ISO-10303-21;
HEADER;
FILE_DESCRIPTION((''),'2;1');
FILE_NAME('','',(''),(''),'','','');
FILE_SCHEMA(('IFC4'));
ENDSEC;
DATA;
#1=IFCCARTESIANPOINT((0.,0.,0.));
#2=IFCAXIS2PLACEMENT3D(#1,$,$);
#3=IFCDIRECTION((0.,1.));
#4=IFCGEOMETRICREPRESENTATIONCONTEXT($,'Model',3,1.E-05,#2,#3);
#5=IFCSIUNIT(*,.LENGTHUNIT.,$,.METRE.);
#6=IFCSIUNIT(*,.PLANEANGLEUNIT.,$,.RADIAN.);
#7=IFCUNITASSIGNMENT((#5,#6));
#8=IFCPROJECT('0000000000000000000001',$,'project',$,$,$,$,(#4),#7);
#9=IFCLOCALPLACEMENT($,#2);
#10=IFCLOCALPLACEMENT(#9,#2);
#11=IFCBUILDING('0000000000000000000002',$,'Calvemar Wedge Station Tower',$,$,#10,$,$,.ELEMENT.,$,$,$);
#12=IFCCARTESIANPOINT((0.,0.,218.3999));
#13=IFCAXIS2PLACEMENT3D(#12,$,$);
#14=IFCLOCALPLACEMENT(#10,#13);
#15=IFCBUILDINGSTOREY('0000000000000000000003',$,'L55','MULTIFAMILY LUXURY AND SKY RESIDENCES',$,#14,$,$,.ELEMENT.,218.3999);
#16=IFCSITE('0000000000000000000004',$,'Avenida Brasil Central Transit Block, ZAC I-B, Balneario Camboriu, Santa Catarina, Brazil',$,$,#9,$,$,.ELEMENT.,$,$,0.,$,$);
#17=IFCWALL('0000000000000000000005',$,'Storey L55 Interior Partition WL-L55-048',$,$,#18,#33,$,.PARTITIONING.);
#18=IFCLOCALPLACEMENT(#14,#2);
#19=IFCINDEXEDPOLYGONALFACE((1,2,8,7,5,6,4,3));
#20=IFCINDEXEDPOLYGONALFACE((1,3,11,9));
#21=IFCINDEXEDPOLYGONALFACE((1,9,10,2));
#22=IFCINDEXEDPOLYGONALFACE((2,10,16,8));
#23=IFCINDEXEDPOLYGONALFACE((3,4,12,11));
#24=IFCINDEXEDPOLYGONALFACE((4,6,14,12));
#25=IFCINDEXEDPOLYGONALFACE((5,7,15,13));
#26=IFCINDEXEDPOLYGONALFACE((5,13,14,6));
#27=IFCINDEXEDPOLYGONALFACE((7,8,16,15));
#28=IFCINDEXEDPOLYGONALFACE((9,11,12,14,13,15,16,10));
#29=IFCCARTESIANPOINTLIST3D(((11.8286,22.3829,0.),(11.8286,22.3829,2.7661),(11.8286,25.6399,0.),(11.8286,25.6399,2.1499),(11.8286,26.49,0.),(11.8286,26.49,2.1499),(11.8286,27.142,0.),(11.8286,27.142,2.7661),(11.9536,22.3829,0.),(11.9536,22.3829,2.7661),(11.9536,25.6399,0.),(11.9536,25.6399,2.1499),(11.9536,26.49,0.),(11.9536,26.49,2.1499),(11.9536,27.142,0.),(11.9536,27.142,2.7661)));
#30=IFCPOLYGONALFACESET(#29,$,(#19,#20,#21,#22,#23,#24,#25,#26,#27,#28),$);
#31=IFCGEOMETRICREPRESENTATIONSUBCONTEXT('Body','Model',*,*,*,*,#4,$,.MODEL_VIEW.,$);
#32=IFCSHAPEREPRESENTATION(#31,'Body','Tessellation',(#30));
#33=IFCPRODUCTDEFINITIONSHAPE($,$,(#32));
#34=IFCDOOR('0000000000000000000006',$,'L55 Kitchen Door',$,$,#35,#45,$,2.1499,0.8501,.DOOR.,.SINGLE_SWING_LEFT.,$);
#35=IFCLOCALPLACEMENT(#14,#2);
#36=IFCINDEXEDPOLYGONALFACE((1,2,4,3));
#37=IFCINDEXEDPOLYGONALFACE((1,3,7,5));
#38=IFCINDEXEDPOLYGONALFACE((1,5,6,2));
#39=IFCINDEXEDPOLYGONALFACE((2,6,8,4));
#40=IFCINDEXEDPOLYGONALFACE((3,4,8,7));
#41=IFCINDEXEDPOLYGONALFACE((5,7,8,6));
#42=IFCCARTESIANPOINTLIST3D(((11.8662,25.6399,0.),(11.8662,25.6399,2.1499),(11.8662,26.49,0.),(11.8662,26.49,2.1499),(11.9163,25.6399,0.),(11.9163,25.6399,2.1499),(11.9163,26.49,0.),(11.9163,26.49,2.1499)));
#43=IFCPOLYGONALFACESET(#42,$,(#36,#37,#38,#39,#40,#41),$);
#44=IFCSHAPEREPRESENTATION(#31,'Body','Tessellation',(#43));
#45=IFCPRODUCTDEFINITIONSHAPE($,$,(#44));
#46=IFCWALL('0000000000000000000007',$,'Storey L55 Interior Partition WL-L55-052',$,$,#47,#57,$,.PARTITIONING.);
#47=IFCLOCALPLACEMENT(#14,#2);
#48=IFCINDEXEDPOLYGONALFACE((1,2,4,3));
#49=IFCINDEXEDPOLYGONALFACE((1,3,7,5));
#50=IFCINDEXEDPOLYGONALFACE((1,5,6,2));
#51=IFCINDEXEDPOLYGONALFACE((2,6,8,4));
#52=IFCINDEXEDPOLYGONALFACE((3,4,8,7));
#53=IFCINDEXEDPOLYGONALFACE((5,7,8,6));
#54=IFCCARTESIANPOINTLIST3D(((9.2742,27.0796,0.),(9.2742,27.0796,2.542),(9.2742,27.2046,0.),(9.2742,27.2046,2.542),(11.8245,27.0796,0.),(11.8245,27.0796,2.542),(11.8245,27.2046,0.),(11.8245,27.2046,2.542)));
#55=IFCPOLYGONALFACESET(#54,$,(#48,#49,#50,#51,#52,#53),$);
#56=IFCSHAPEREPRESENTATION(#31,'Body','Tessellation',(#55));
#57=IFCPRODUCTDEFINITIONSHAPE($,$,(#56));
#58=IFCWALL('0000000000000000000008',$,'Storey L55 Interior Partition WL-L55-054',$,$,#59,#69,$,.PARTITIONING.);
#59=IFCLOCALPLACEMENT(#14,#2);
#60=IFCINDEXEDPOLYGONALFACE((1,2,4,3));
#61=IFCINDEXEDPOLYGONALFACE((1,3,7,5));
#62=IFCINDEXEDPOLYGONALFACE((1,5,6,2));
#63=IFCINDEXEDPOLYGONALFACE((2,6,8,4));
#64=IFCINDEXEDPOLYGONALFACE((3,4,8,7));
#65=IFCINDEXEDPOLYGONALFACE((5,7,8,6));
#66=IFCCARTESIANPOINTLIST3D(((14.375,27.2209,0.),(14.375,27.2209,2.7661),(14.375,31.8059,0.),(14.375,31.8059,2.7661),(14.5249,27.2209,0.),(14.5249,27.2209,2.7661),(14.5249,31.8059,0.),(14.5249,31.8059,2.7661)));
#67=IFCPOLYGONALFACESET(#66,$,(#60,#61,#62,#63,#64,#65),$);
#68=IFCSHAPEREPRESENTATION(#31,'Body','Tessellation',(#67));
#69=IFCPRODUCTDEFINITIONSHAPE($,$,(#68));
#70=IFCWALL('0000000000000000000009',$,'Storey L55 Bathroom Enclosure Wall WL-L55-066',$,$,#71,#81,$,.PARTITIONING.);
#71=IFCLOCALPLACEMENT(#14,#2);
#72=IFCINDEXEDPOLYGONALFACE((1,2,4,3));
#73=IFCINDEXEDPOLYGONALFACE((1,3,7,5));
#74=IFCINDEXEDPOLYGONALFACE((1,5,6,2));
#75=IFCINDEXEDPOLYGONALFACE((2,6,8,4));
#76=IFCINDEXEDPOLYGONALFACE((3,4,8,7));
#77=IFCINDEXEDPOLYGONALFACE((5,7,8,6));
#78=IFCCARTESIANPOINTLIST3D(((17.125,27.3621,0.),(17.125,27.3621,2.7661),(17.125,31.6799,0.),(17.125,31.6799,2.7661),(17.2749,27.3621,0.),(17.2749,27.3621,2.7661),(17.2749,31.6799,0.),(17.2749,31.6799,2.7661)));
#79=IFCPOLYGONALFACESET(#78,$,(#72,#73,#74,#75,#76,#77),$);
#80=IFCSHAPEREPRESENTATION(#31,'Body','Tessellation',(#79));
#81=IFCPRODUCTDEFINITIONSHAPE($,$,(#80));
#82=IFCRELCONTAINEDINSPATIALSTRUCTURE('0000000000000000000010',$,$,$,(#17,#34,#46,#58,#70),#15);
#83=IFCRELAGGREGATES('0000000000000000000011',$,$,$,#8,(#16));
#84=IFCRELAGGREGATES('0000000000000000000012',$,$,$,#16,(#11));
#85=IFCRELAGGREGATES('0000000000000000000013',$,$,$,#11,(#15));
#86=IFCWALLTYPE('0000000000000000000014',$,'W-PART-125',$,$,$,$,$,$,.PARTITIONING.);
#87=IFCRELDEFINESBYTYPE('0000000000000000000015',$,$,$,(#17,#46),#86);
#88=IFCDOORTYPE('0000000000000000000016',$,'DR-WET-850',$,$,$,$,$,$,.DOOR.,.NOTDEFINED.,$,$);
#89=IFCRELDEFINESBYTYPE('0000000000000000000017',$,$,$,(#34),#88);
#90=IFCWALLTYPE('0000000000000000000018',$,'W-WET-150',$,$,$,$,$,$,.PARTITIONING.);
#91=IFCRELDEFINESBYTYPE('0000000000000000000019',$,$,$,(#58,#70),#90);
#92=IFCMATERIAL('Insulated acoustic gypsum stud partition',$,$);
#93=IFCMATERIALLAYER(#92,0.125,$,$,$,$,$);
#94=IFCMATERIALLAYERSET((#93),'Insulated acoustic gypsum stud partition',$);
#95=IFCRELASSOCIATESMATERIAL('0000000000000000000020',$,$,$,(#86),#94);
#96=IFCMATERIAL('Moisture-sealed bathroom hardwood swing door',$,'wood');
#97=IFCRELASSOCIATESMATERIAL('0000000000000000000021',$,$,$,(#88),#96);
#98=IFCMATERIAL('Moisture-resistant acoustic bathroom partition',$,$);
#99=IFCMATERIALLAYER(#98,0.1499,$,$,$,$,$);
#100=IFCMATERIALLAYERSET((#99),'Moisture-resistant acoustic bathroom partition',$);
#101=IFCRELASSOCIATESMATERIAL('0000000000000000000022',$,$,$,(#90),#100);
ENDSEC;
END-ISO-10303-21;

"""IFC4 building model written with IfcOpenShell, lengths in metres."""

from ifc_helpers import new_model, si_unit, direction, frame, frame_2d, origin, place, context, subcontext, project, spatial, rectangle, extrude, source, transform, mapped, material, layer, layer_set, type_object, element, fill, save


model = new_model("IFC4")

# Units and contexts
model_context = context("Model", 3, precision=1e-05, world=origin(), true_north=direction((0.0, 1.0)))
body_context = subcontext(model_context, "Body", "Model", "MODEL_VIEW")
ifc_project = project(units=[si_unit("LENGTHUNIT", "METRE"), si_unit("PLANEANGLEUNIT", "RADIAN")], contexts=[model_context])

# Site, building, storey
site_placement = place(None, origin())
site = spatial("IfcSite", under=ifc_project, at=site_placement, Name="Avenida Brasil Central Transit Block, ZAC I-B, Balneario Camboriu, Santa Catarina, Brazil", CompositionType="ELEMENT", RefElevation=0.0)
building_placement = place(site_placement, origin())
building = spatial("IfcBuilding", under=site, at=building_placement, Name="Calvemar Wedge Station Tower", CompositionType="ELEMENT")
storey_placement = place(building_placement, frame((0.0, 0.0, 218.3999)))
storey = spatial("IfcBuildingStorey", under=building, at=storey_placement, Name="L55", Description="MULTIFAMILY LUXURY AND SKY RESIDENCES", CompositionType="ELEMENT", Elevation=218.3999)

# Shared definitions
ifc_material_1 = material(Name="Insulated acoustic gypsum stud partition")
ifc_layer_1 = layer(ifc_material_1, 0.125)
ifc_layer_set_1 = layer_set([ifc_layer_1], Name="Insulated acoustic gypsum stud partition")
wall_type_1 = type_object("IfcWallType", Name="W-PART-125", PredefinedType="PARTITIONING", material=ifc_layer_set_1)

# Wall, opening, door
wall_1_placement = place(storey_placement, frame((11.8911, 22.3831, 0.0), z_axis=(0.0, 0.0, 1.0), x_axis=(0.0, 1.0, 0.0)))
wall_1 = element("IfcWall", 1, at=wall_1_placement, inside=storey, type_object=wall_type_1, Name="Storey L55 Interior Partition WL-L55-048", PredefinedType="PARTITIONING", context=body_context, shape_type="SweptSolid", body=[
    extrude(rectangle(XDim=4.759, YDim=0.125, at=frame_2d((2.3794, 0.0))), origin(), (0.0, 0.0, 1.0), 2.7661),
])
shared_shape_1 = source(origin(), body_context, "Body", "SweptSolid", [
    extrude(rectangle(XDim=0.8501, YDim=2.1499, at=frame_2d((0.425, 1.075))), frame((0.0, 0.0725, 0.0), z_axis=(0.0, -1.0, 0.0), x_axis=(1.0, 0.0, 0.0)), (0.0, 0.0, 1.0), 0.145),
])
opening_1_placement = place(wall_1_placement, frame((3.2568, 0.0, 0.0)))
opening_1 = element("IfcOpeningElement", 2, at=opening_1_placement, cuts=wall_1, PredefinedType="OPENING", context=body_context, shape_type="MappedRepresentation", body=[
    mapped(shared_shape_1, transform((0.0, 0.0, 0.0), scale=1.0)),
])
ifc_material_2 = material(Name="Moisture-sealed bathroom hardwood swing door", Category="wood")
door_type_1 = type_object("IfcDoorType", Name="DR-WET-850", OperationType="NOTDEFINED", PredefinedType="DOOR", material=ifc_material_2)
shared_shape_2 = source(origin(), body_context, "Body", "SweptSolid", [
    extrude(rectangle(XDim=0.8501, YDim=2.1499, at=frame_2d((0.425, 1.075))), frame((0.0, 0.0249, 0.0), z_axis=(0.0, -1.0, 0.0), x_axis=(1.0, 0.0, 0.0)), (0.0, 0.0, 1.0), 0.05),
])
door_1_placement = place(opening_1_placement, origin())
door_1 = element("IfcDoor", 3, at=door_1_placement, inside=storey, type_object=door_type_1, Name="L55 Kitchen Door", OperationType="SINGLE_SWING_LEFT", OverallHeight=2.1499, OverallWidth=0.8501, PredefinedType="DOOR", context=body_context, shape_type="MappedRepresentation", body=[
    mapped(shared_shape_2, transform((0.0, 0.0, 0.0), scale=1.0)),
])
fill(opening_1, door_1)

# Wall
wall_2_placement = place(storey_placement, frame((9.2742, 27.1421, 0.0), z_axis=(0.0, 0.0, 1.0), x_axis=(1.0, 0.0, 0.0)))
element("IfcWall", 4, at=wall_2_placement, inside=storey, type_object=wall_type_1, Name="Storey L55 Interior Partition WL-L55-052", PredefinedType="PARTITIONING", context=body_context, shape_type="SweptSolid", body=[
    extrude(rectangle(XDim=2.5503, YDim=0.125, at=frame_2d((1.2751, 0.0))), origin(), (0.0, 0.0, 1.0), 2.542),
])

# Shared definitions
ifc_material_3 = material(Name="Moisture-resistant acoustic bathroom partition")
ifc_layer_2 = layer(ifc_material_3, 0.1499)
ifc_layer_set_2 = layer_set([ifc_layer_2], Name="Moisture-resistant acoustic bathroom partition")
wall_type_2 = type_object("IfcWallType", Name="W-WET-150", PredefinedType="PARTITIONING", material=ifc_layer_set_2)

# Walls
wall_3_placement = place(storey_placement, frame((14.45, 27.2209, 0.0), z_axis=(0.0, 0.0, 1.0), x_axis=(0.0, 1.0, 0.0)))
element("IfcWall", 5, at=wall_3_placement, inside=storey, type_object=wall_type_2, Name="Storey L55 Interior Partition WL-L55-054", PredefinedType="PARTITIONING", context=body_context, shape_type="SweptSolid", body=[
    extrude(rectangle(XDim=4.585, YDim=0.1499, at=frame_2d((2.2925, 0.0))), origin(), (0.0, 0.0, 1.0), 2.7661),
])
wall_4_placement = place(storey_placement, frame((17.2, 31.6799, 0.0), z_axis=(0.0, 0.0, 1.0), x_axis=(0.0, -1.0, 0.0)))
element("IfcWall", 6, at=wall_4_placement, inside=storey, type_object=wall_type_2, Name="Storey L55 Bathroom Enclosure Wall WL-L55-066", PredefinedType="PARTITIONING", context=body_context, shape_type="SweptSolid", body=[
    extrude(rectangle(XDim=4.3179, YDim=0.1499, at=frame_2d((2.1589, 0.0))), origin(), (0.0, 0.0, 1.0), 2.7661),
])

save(model, "model.ifc")
